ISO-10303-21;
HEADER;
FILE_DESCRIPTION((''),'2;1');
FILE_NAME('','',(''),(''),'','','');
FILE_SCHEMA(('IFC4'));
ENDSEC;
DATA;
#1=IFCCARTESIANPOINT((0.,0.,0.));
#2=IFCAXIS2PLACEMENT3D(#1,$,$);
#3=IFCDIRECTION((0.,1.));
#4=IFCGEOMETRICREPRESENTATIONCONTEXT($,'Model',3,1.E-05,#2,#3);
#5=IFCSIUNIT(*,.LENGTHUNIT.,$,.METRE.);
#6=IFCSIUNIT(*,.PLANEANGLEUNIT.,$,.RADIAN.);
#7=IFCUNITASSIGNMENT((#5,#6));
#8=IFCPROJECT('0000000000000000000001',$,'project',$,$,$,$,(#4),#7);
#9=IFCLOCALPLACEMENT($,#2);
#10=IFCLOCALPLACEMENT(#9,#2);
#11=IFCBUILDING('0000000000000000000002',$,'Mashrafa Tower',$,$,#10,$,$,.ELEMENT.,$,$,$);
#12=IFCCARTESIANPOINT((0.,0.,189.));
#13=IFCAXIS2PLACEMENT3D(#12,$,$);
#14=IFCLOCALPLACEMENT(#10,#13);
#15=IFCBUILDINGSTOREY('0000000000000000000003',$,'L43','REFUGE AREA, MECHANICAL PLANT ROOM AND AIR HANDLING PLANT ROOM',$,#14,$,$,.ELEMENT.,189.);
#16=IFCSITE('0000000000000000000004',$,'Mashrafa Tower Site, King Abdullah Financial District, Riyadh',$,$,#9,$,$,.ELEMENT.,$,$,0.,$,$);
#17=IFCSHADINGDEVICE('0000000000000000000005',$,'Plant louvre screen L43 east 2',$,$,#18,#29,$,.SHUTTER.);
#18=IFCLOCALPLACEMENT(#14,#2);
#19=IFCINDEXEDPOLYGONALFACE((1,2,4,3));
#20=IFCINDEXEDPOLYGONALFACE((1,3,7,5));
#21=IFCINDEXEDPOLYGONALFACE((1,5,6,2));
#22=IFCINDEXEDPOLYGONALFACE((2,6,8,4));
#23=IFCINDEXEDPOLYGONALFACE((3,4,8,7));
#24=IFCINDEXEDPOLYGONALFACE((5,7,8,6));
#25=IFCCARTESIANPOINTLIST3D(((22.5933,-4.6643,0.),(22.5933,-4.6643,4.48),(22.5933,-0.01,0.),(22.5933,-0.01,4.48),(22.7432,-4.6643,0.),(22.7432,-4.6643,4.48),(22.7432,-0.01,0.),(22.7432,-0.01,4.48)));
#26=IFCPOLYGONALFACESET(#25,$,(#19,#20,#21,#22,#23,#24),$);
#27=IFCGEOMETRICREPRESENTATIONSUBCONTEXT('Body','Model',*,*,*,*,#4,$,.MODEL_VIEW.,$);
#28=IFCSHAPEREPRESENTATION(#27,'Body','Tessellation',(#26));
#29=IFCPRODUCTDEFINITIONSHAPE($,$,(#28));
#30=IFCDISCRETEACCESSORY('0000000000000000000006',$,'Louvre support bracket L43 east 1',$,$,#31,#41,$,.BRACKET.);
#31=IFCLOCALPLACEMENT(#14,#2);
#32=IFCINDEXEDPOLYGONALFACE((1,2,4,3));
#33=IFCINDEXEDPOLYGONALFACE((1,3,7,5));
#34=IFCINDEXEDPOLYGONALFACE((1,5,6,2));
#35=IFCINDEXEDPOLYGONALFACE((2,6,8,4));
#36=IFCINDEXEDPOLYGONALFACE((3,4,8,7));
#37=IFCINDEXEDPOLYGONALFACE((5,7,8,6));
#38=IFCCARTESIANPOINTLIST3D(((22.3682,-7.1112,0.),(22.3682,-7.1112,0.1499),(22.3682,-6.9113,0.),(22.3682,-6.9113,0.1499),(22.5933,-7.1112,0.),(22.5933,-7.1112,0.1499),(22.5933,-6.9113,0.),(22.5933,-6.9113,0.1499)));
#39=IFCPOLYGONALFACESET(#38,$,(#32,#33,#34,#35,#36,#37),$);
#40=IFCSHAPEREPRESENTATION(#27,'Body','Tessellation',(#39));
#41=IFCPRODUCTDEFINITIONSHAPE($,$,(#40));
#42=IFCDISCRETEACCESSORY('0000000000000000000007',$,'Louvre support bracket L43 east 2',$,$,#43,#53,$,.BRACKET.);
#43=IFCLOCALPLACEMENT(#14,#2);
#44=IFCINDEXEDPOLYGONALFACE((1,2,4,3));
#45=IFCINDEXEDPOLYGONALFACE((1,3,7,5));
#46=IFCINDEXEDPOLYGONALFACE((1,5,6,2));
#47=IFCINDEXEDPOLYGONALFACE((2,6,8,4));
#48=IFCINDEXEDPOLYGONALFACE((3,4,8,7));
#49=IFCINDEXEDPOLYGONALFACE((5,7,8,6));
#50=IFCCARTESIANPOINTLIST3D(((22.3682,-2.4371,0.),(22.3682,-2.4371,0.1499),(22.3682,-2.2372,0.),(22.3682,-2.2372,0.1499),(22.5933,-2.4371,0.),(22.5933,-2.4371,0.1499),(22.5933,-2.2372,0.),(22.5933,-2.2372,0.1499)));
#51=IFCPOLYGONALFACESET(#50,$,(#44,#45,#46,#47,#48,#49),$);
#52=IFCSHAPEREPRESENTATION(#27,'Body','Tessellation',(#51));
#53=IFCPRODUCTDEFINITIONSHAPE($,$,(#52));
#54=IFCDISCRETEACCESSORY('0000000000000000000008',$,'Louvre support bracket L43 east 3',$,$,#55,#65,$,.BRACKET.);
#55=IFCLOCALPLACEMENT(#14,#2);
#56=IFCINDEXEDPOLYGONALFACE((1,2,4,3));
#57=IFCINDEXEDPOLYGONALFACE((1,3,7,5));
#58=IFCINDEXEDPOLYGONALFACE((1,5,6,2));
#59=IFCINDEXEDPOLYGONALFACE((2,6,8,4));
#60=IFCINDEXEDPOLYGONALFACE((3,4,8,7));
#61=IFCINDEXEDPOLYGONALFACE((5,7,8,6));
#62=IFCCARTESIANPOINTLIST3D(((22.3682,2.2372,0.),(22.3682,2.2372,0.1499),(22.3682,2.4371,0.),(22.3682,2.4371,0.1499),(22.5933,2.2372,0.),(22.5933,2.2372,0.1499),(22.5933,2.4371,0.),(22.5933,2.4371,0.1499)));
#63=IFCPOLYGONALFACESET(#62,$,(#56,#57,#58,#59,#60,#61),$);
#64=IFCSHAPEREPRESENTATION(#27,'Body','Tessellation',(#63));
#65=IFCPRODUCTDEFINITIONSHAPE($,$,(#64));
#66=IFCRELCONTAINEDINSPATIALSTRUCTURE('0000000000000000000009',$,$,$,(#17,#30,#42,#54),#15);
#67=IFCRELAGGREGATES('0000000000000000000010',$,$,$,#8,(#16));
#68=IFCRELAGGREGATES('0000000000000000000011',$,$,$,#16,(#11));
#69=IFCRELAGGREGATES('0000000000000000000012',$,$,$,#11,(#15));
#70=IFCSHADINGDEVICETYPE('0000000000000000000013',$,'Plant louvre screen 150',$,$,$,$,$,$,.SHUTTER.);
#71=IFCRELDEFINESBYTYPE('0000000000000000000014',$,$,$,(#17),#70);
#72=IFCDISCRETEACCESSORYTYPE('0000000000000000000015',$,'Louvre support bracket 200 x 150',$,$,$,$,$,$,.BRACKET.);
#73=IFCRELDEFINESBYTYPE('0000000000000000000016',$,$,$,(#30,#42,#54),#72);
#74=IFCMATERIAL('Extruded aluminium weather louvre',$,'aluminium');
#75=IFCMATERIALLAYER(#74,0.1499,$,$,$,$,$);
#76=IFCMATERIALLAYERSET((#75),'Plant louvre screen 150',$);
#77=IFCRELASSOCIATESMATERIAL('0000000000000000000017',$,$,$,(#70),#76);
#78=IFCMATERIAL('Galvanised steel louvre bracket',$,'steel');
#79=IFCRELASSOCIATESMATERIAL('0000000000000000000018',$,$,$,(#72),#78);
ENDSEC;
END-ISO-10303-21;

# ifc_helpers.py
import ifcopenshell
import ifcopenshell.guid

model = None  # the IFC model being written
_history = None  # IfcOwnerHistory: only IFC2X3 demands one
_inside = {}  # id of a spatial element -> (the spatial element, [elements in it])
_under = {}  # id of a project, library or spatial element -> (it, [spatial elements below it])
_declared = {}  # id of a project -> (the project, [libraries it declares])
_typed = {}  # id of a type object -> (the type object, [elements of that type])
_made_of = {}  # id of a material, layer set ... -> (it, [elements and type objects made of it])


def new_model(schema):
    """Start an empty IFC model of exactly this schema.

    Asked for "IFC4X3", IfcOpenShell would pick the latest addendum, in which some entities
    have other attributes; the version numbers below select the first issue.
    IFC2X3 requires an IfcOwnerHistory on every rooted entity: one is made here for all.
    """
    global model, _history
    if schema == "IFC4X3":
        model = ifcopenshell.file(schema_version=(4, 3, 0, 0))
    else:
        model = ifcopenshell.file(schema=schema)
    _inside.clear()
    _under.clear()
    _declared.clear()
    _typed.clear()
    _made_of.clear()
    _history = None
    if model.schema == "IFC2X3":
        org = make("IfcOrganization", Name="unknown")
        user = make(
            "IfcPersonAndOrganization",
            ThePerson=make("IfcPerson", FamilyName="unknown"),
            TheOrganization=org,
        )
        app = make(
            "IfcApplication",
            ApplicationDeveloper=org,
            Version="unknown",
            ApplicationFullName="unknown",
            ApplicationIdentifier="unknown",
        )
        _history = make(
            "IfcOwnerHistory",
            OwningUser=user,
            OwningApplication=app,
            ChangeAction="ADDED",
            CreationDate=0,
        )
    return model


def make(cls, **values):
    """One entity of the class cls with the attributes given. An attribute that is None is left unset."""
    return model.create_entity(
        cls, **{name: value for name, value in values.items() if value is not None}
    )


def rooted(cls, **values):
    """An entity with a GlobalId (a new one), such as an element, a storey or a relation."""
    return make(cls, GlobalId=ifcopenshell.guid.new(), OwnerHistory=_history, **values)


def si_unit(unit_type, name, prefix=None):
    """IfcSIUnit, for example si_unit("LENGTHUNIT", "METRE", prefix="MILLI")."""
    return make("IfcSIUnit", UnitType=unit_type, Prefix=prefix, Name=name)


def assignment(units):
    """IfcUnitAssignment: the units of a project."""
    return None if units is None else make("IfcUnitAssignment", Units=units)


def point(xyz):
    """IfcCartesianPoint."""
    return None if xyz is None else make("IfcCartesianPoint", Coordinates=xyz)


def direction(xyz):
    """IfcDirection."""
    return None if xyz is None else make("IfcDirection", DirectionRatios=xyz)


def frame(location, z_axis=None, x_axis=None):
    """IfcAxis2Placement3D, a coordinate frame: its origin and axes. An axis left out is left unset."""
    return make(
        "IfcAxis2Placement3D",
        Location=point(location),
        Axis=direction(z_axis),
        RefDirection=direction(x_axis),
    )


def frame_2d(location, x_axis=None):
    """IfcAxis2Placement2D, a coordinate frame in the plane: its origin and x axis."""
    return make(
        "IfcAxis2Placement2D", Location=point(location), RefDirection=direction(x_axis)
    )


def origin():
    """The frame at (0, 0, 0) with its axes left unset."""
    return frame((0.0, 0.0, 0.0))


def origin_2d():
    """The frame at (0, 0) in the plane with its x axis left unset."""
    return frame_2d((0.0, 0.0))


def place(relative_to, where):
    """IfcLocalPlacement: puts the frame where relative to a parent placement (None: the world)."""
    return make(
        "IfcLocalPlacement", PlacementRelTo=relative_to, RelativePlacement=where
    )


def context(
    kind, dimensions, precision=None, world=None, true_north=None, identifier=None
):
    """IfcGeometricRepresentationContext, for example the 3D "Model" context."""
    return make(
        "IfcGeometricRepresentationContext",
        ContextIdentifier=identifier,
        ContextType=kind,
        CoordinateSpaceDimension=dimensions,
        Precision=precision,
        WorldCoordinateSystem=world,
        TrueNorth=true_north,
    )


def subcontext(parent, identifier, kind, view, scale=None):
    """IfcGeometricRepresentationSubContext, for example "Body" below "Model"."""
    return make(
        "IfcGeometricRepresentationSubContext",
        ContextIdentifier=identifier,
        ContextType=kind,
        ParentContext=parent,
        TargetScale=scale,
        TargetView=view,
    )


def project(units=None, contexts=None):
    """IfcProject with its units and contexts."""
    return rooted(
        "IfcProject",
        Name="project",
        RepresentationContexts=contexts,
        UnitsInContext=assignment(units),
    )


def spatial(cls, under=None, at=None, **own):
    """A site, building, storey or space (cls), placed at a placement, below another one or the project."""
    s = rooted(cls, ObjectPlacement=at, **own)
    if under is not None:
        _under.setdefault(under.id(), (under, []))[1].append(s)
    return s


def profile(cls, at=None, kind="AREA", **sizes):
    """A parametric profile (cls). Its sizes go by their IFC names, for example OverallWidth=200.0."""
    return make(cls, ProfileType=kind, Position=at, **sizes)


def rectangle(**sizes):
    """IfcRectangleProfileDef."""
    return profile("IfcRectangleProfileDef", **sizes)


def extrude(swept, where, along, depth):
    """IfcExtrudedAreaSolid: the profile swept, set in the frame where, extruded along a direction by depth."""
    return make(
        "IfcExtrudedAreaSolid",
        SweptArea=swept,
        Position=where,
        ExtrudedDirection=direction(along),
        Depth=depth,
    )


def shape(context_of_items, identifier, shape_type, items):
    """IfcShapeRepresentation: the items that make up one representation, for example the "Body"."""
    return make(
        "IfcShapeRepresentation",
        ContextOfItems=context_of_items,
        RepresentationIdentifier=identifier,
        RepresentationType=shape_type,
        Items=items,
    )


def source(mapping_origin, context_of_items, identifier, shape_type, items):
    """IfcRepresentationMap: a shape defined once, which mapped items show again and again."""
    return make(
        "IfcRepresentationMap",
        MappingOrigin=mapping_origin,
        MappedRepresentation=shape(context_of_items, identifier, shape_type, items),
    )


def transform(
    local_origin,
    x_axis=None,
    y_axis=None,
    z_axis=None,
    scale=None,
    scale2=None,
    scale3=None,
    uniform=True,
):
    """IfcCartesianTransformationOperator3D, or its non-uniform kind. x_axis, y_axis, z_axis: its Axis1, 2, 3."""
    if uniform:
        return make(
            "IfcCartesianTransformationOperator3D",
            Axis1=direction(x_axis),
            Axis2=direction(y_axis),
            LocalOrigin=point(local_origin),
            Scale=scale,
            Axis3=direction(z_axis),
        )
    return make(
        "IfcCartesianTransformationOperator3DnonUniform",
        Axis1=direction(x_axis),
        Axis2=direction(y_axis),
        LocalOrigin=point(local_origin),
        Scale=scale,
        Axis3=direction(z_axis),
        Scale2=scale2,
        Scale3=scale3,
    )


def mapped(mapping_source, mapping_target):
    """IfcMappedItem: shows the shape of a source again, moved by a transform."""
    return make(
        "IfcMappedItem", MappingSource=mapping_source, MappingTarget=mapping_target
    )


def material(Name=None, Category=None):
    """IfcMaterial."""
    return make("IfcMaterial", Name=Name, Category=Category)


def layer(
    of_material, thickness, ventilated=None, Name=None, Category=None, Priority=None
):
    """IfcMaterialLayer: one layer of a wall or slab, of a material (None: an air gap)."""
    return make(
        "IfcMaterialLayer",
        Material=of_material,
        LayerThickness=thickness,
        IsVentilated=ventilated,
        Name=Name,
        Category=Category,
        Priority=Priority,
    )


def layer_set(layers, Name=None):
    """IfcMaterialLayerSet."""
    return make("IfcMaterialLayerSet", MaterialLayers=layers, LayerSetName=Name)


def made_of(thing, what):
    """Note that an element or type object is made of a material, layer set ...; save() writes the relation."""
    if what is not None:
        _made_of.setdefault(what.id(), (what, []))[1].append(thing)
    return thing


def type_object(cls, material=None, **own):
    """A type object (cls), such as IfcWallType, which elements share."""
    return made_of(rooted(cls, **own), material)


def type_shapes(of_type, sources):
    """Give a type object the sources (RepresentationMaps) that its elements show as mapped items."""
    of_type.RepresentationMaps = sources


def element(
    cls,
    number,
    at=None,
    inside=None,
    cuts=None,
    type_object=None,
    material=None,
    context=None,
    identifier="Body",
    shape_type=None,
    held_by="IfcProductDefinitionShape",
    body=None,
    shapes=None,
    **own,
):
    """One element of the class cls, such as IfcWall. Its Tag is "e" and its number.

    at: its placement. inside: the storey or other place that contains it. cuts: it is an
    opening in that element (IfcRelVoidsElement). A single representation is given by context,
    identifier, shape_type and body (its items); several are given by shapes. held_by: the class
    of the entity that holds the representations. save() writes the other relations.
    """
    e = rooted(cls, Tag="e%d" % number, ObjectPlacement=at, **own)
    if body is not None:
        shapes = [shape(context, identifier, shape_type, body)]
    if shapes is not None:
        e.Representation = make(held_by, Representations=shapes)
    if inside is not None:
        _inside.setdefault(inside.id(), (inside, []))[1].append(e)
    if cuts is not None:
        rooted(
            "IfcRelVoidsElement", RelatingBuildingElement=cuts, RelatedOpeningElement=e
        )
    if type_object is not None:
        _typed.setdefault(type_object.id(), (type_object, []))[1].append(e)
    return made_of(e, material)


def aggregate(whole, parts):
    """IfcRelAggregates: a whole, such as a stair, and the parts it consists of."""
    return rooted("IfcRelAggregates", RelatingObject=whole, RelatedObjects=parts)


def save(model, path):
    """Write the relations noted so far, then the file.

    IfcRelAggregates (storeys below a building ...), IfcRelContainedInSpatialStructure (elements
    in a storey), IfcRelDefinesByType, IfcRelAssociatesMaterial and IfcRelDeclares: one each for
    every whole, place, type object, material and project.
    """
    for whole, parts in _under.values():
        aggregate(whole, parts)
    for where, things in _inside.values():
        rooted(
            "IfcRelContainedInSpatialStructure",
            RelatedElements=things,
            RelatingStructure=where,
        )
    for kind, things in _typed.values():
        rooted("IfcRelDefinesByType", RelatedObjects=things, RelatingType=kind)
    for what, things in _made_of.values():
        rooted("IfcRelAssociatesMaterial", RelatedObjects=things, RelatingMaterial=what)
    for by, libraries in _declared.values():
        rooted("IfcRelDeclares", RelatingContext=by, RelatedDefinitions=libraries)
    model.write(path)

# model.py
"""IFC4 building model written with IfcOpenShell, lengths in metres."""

from ifc_helpers import new_model, si_unit, direction, frame, origin, origin_2d, place, context, subcontext, project, spatial, rectangle, extrude, source, transform, mapped, material, layer, layer_set, type_object, type_shapes, element, save


model = new_model("IFC4")

# Units and contexts
model_context = context("Model", 3, precision=1e-05, world=origin(), true_north=direction((0.0, 1.0)))
body_context = subcontext(model_context, "Body", "Model", "MODEL_VIEW")
ifc_project = project(units=[si_unit("LENGTHUNIT", "METRE"), si_unit("PLANEANGLEUNIT", "RADIAN")], contexts=[model_context])

# Site, building, storey
site_placement = place(None, origin())
site = spatial("IfcSite", under=ifc_project, at=site_placement, Name="Mashrafa Tower Site, King Abdullah Financial District, Riyadh", CompositionType="ELEMENT", RefElevation=0.0)
building_placement = place(site_placement, origin())
building = spatial("IfcBuilding", under=site, at=building_placement, Name="Mashrafa Tower", CompositionType="ELEMENT")
storey_placement = place(building_placement, frame((0.0, 0.0, 189.0)))
storey = spatial("IfcBuildingStorey", under=building, at=storey_placement, Name="L43", Description="REFUGE AREA, MECHANICAL PLANT ROOM AND AIR HANDLING PLANT ROOM", CompositionType="ELEMENT", Elevation=189.0)

# Shading device
ifc_material_1 = material(Name="Extruded aluminium weather louvre", Category="aluminium")
ifc_layer = layer(ifc_material_1, 0.1499)
ifc_layer_set = layer_set([ifc_layer], Name="Plant louvre screen 150")
shading_device_type = type_object("IfcShadingDeviceType", Name="Plant louvre screen 150", PredefinedType="SHUTTER", material=ifc_layer_set)
shared_shape_1 = source(origin(), body_context, "Body", "SweptSolid", [
    extrude(rectangle(XDim=4.6543, YDim=0.1499, at=origin_2d()), origin(), (0.0, 0.0, 1.0), 4.48),
])
type_shapes(shading_device_type, [shared_shape_1])
for number, where, z_axis, x_axis, name in (
    (1, (22.6682, -2.3372, 0.0), (0.0, 0.0, 1.0), (0.0, 1.0, 0.0), "Plant louvre screen L43 east 2"),
):
    element("IfcShadingDevice", number, at=place(storey_placement, frame(where, z_axis=z_axis, x_axis=x_axis)), inside=storey, type_object=shading_device_type, Name=name, PredefinedType="SHUTTER", context=body_context, shape_type="MappedRepresentation", body=[
        mapped(shared_shape_1, transform((0.0, 0.0, 0.0))),
    ])

# Discrete accessories
ifc_material_2 = material(Name="Galvanised steel louvre bracket", Category="steel")
discrete_accessory_type = type_object("IfcDiscreteAccessoryType", Name="Louvre support bracket 200 x 150", PredefinedType="BRACKET", material=ifc_material_2)
shared_shape_2 = source(origin(), body_context, "Body", "SweptSolid", [
    extrude(rectangle(XDim=0.2, YDim=0.2251, at=origin_2d()), origin(), (0.0, 0.0, 1.0), 0.1499),
])
type_shapes(discrete_accessory_type, [shared_shape_2])
for number, where, z_axis, x_axis, name in (
    (2, (22.4807, -7.0112, 0.0), (0.0, 0.0, 1.0), (0.0, 1.0, 0.0), "Louvre support bracket L43 east 1"),
    (3, (22.4807, -2.3372, 0.0), (0.0, 0.0, 1.0), (0.0, 1.0, 0.0), "Louvre support bracket L43 east 2"),
    (4, (22.4807, 2.3372, 0.0), (0.0, 0.0, 1.0), (0.0, 1.0, 0.0), "Louvre support bracket L43 east 3"),
):
    element("IfcDiscreteAccessory", number, at=place(storey_placement, frame(where, z_axis=z_axis, x_axis=x_axis)), inside=storey, type_object=discrete_accessory_type, Name=name, PredefinedType="BRACKET", context=body_context, shape_type="MappedRepresentation", body=[
        mapped(shared_shape_2, transform((0.0, 0.0, 0.0))),
    ])

save(model, "model.ifc")
